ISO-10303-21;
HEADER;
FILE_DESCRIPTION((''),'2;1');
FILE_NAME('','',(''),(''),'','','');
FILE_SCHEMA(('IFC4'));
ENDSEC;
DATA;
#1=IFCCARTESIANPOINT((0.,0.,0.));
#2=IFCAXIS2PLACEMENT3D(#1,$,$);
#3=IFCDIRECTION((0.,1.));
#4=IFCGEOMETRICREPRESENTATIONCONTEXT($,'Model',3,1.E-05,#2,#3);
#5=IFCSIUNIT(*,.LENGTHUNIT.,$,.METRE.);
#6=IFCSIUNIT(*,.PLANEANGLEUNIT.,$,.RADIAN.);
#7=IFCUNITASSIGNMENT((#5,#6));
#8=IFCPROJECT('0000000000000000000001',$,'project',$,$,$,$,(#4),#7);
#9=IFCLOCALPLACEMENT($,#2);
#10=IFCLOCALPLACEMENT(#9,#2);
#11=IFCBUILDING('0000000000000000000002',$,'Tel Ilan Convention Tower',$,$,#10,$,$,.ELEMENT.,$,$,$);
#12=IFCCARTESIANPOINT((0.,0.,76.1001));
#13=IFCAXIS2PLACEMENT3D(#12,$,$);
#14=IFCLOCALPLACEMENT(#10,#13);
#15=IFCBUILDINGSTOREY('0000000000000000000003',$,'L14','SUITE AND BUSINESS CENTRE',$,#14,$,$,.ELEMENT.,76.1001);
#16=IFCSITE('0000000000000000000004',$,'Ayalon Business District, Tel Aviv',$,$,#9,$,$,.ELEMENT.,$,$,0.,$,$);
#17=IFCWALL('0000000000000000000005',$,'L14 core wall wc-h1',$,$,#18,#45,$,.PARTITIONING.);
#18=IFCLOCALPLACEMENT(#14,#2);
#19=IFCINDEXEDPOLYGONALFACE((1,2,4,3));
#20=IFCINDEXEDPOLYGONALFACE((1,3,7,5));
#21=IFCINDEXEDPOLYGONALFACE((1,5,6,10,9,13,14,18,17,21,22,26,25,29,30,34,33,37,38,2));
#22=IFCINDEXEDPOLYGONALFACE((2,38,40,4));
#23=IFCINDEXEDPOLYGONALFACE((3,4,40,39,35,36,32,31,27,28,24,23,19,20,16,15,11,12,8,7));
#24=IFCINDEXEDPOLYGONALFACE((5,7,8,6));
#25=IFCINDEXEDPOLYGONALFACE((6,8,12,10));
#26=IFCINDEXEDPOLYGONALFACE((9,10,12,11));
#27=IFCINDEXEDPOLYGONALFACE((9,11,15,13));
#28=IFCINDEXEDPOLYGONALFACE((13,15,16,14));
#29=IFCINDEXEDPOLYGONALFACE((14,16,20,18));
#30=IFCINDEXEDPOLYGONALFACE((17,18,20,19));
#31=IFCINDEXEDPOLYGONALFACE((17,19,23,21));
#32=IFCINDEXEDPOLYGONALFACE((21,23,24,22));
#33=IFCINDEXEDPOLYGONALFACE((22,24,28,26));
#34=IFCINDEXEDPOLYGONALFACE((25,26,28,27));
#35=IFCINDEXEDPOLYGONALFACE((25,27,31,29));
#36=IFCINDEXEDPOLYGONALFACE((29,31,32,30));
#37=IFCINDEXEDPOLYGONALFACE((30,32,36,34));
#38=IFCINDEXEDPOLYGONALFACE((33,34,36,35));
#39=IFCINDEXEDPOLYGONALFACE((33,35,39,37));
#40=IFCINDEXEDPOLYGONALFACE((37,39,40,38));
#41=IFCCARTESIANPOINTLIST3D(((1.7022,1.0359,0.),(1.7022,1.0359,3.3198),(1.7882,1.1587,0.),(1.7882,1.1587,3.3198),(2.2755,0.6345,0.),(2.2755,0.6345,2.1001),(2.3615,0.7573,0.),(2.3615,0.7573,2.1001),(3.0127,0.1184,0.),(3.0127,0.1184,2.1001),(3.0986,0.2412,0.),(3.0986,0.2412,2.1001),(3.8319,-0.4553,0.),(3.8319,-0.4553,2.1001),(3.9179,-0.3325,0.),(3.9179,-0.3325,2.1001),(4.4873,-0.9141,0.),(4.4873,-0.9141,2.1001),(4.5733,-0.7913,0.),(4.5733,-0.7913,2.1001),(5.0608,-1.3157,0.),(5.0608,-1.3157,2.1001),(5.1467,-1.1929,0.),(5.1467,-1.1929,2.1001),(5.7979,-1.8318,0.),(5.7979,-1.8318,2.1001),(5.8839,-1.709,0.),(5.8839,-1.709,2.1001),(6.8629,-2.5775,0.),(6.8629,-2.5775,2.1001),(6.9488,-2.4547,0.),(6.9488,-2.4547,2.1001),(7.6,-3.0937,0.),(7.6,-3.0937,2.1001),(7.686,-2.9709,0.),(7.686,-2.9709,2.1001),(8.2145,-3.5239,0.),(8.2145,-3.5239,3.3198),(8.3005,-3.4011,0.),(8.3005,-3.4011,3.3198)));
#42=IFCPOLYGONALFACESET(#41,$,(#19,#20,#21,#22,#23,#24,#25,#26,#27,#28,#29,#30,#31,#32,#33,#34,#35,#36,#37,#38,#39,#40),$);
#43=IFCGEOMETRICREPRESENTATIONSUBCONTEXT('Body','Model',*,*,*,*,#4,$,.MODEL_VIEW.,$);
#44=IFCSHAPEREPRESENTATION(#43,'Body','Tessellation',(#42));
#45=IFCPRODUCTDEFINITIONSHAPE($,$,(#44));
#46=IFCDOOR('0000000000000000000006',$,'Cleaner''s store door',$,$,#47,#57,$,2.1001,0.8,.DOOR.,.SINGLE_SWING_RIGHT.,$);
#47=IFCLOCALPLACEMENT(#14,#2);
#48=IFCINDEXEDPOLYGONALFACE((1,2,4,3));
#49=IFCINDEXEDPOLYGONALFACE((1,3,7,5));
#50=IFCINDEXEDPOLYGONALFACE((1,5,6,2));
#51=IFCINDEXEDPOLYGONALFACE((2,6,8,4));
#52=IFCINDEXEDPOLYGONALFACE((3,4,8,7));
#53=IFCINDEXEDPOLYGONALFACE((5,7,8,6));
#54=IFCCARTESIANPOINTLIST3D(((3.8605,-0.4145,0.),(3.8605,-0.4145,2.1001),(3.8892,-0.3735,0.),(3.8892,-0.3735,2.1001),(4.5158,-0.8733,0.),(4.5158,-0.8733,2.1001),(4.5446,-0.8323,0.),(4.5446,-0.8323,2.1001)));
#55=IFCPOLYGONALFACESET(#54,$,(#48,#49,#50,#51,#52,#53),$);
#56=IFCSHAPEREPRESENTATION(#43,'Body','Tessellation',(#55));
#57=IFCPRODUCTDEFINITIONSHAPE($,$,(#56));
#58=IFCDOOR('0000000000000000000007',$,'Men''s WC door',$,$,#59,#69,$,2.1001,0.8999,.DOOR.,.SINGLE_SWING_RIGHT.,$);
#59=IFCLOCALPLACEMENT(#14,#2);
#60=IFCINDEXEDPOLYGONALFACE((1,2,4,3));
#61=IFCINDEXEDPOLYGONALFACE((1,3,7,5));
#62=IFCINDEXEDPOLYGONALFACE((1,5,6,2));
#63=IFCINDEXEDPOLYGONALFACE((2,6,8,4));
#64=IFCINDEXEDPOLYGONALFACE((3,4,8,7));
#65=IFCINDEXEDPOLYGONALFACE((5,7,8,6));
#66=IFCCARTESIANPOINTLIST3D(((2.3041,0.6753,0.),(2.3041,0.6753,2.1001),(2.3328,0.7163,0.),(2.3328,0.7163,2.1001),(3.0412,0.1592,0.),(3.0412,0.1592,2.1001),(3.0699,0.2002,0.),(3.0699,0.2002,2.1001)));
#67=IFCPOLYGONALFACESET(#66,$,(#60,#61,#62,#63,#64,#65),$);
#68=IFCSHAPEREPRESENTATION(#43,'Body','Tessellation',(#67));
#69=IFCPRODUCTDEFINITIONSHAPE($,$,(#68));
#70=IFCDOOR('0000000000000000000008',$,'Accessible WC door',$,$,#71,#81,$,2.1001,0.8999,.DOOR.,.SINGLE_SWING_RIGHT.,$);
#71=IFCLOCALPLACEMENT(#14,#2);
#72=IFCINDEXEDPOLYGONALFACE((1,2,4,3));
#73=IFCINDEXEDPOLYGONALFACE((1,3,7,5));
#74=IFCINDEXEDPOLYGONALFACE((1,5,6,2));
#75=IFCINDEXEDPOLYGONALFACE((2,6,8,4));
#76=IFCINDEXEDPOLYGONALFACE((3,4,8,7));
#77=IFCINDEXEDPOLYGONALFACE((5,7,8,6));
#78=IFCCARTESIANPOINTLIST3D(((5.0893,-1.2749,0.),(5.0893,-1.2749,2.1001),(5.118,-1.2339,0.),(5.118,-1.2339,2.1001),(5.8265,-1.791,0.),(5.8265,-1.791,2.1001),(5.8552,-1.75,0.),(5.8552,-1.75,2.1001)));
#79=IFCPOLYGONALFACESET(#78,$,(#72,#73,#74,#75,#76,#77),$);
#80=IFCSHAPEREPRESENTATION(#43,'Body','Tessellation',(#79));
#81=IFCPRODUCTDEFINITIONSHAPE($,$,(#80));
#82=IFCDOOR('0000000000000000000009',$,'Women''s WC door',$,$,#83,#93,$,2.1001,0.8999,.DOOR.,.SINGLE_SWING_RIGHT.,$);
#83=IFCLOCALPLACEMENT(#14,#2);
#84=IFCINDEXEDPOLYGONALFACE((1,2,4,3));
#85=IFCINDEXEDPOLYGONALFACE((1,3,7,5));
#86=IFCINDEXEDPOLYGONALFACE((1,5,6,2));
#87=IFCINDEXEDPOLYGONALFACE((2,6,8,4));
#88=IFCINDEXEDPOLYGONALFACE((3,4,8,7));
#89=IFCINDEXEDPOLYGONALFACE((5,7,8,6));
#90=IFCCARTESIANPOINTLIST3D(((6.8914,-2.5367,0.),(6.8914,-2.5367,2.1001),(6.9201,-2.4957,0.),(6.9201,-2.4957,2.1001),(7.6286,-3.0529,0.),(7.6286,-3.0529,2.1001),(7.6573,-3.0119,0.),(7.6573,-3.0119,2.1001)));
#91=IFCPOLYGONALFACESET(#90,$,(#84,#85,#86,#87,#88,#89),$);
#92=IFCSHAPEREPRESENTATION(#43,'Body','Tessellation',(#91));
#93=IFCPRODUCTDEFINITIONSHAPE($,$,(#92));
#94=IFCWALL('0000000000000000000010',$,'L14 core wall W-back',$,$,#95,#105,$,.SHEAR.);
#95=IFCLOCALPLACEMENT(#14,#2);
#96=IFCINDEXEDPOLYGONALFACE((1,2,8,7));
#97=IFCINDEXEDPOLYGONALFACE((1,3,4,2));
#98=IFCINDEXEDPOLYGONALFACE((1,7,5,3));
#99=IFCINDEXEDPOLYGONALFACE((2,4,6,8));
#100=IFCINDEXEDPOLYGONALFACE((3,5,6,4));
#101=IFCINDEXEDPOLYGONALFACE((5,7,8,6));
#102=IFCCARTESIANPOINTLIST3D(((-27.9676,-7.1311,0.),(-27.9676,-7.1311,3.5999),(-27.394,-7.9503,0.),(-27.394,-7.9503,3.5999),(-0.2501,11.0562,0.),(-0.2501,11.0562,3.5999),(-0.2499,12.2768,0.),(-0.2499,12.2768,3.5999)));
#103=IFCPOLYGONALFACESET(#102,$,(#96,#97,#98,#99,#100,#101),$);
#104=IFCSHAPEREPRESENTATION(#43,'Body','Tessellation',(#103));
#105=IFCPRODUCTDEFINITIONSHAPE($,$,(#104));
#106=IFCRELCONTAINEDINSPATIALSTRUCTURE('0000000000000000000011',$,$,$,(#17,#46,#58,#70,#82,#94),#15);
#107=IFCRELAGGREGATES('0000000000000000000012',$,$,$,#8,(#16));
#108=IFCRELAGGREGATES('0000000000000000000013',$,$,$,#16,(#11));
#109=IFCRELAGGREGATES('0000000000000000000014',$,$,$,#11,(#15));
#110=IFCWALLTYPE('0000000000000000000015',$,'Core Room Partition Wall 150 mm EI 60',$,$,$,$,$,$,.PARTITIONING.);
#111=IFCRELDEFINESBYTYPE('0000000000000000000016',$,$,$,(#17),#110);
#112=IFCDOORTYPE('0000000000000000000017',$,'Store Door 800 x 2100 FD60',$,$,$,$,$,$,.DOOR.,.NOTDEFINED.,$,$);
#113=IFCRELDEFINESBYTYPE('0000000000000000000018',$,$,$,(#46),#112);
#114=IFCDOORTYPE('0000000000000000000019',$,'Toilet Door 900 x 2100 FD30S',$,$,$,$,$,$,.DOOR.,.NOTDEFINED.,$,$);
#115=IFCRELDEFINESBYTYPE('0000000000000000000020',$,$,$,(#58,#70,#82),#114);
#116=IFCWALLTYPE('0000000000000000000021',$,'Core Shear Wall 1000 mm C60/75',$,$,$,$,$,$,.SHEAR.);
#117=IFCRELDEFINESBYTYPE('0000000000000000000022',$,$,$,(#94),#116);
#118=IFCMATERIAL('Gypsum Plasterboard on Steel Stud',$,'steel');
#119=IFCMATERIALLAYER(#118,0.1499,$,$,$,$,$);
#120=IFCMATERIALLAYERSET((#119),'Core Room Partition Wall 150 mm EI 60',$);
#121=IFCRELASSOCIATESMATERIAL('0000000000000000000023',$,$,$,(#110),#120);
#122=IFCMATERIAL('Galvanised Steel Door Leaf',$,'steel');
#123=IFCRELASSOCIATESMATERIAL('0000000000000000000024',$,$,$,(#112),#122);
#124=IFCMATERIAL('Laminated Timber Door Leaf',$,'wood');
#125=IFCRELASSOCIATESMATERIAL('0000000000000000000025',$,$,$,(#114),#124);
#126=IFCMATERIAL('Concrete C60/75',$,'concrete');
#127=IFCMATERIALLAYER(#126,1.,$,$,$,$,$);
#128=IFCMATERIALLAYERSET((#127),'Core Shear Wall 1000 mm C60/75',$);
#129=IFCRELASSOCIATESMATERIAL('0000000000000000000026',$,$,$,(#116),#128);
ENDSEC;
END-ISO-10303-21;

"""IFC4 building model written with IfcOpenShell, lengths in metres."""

from ifc_helpers import new_model, si_unit, direction, frame, frame_2d, origin, place, context, subcontext, project, spatial, polyline, rectangle, outline, extrude, material, layer, layer_set, type_object, element, fill, save


model = new_model("IFC4")

# Units and contexts
model_context = context("Model", 3, precision=1e-05, world=origin(), true_north=direction((0.0, 1.0)))
body_context = subcontext(model_context, "Body", "Model", "MODEL_VIEW")
ifc_project = project(units=[si_unit("LENGTHUNIT", "METRE"), si_unit("PLANEANGLEUNIT", "RADIAN")], contexts=[model_context])

# Site, building, storey
site_placement = place(None, origin())
site = spatial("IfcSite", under=ifc_project, at=site_placement, Name="Ayalon Business District, Tel Aviv", CompositionType="ELEMENT", RefElevation=0.0)
building_placement = place(site_placement, origin())
building = spatial("IfcBuilding", under=site, at=building_placement, Name="Tel Ilan Convention Tower", CompositionType="ELEMENT")
storey_placement = place(building_placement, frame((0.0, 0.0, 76.1001)))
storey = spatial("IfcBuildingStorey", under=building, at=storey_placement, Name="L14", Description="SUITE AND BUSINESS CENTRE", CompositionType="ELEMENT", Elevation=76.1001)

# Wall, openings, doors
ifc_material_1 = material(Name="Gypsum Plasterboard on Steel Stud", Category="steel")
ifc_layer_1 = layer(ifc_material_1, 0.1499)
ifc_layer_set_1 = layer_set([ifc_layer_1], Name="Core Room Partition Wall 150 mm EI 60")
wall_type_1 = type_object("IfcWallType", Name="Core Room Partition Wall 150 mm EI 60", PredefinedType="PARTITIONING", material=ifc_layer_set_1)
wall_1_placement = place(storey_placement, frame((1.7451, 1.0974, 0.0), z_axis=(0.0, 0.0, 1.0), x_axis=(0.819157, -0.57357, 0.0)))
wall_1 = element("IfcWall", 1, at=wall_1_placement, inside=storey, type_object=wall_type_1, Name="L14 core wall wc-h1", PredefinedType="PARTITIONING", context=body_context, shape_type="SweptSolid", body=[
    extrude(rectangle(XDim=7.95, YDim=0.1499, at=frame_2d((3.9751, 0.0))), origin(), (0.0, 0.0, 1.0), 3.3198),
])
opening_1_placement = place(wall_1_placement, frame((0.7, 0.0, 0.0)))
opening_1 = element("IfcOpeningElement", 2, at=opening_1_placement, cuts=wall_1, PredefinedType="OPENING", context=body_context, shape_type="SweptSolid", body=[
    extrude(rectangle(XDim=0.8999, YDim=2.1001, at=frame_2d((0.45, 1.05))), frame((0.0, 0.085, 0.0), z_axis=(0.0, -1.0, 0.0), x_axis=(1.0, 0.0, 0.0)), (0.0, 0.0, 1.0), 0.1699),
])
opening_2_placement = place(wall_1_placement, frame((2.6001, 0.0, 0.0)))
opening_2 = element("IfcOpeningElement", 3, at=opening_2_placement, cuts=wall_1, PredefinedType="OPENING", context=body_context, shape_type="SweptSolid", body=[
    extrude(rectangle(XDim=0.8, YDim=2.1001, at=frame_2d((0.3999, 1.05))), frame((0.0, 0.085, 0.0), z_axis=(0.0, -1.0, 0.0), x_axis=(1.0, 0.0, 0.0)), (0.0, 0.0, 1.0), 0.1699),
])
opening_3_placement = place(wall_1_placement, frame((4.1001, 0.0, 0.0)))
opening_3 = element("IfcOpeningElement", 4, at=opening_3_placement, cuts=wall_1, PredefinedType="OPENING", context=body_context, shape_type="SweptSolid", body=[
    extrude(rectangle(XDim=0.8999, YDim=2.1001, at=frame_2d((0.45, 1.05))), frame((0.0, 0.085, 0.0), z_axis=(0.0, -1.0, 0.0), x_axis=(1.0, 0.0, 0.0)), (0.0, 0.0, 1.0), 0.1699),
])
opening_4_placement = place(wall_1_placement, frame((6.3, 0.0, 0.0)))
opening_4 = element("IfcOpeningElement", 5, at=opening_4_placement, cuts=wall_1, PredefinedType="OPENING", context=body_context, shape_type="SweptSolid", body=[
    extrude(rectangle(XDim=0.8999, YDim=2.1001, at=frame_2d((0.45, 1.05))), frame((0.0, 0.085, 0.0), z_axis=(0.0, -1.0, 0.0), x_axis=(1.0, 0.0, 0.0)), (0.0, 0.0, 1.0), 0.1699),
])
ifc_material_2 = material(Name="Galvanised Steel Door Leaf", Category="steel")
door_type_1 = type_object("IfcDoorType", Name="Store Door 800 x 2100 FD60", OperationType="NOTDEFINED", PredefinedType="DOOR", material=ifc_material_2)
door_1_placement = place(opening_2_placement, origin())
door_1 = element("IfcDoor", 6, at=door_1_placement, inside=storey, type_object=door_type_1, Name="Cleaner's store door", OperationType="SINGLE_SWING_RIGHT", OverallHeight=2.1001, OverallWidth=0.8, PredefinedType="DOOR", context=body_context, shape_type="SweptSolid", body=[
    extrude(rectangle(XDim=0.8, YDim=2.1001, at=frame_2d((0.3999, 1.05))), frame((0.0, 0.0249, 0.0), z_axis=(0.0, -1.0, 0.0), x_axis=(1.0, 0.0, 0.0)), (0.0, 0.0, 1.0), 0.05),
])
fill(opening_2, door_1)
ifc_material_3 = material(Name="Laminated Timber Door Leaf", Category="wood")
door_type_2 = type_object("IfcDoorType", Name="Toilet Door 900 x 2100 FD30S", OperationType="NOTDEFINED", PredefinedType="DOOR", material=ifc_material_3)
door_2_placement = place(opening_1_placement, origin())
door_2 = element("IfcDoor", 7, at=door_2_placement, inside=storey, type_object=door_type_2, Name="Men's WC door", OperationType="SINGLE_SWING_RIGHT", OverallHeight=2.1001, OverallWidth=0.8999, PredefinedType="DOOR", context=body_context, shape_type="SweptSolid", body=[
    extrude(rectangle(XDim=0.8999, YDim=2.1001, at=frame_2d((0.45, 1.05))), frame((0.0, 0.0249, 0.0), z_axis=(0.0, -1.0, 0.0), x_axis=(1.0, 0.0, 0.0)), (0.0, 0.0, 1.0), 0.05),
])
fill(opening_1, door_2)
door_3_placement = place(opening_3_placement, origin())
door_3 = element("IfcDoor", 8, at=door_3_placement, inside=storey, type_object=door_type_2, Name="Accessible WC door", OperationType="SINGLE_SWING_RIGHT", OverallHeight=2.1001, OverallWidth=0.8999, PredefinedType="DOOR", context=body_context, shape_type="SweptSolid", body=[
    extrude(rectangle(XDim=0.8999, YDim=2.1001, at=frame_2d((0.45, 1.05))), frame((0.0, 0.0249, 0.0), z_axis=(0.0, -1.0, 0.0), x_axis=(1.0, 0.0, 0.0)), (0.0, 0.0, 1.0), 0.05),
])
fill(opening_3, door_3)
door_4_placement = place(opening_4_placement, origin())
door_4 = element("IfcDoor", 9, at=door_4_placement, inside=storey, type_object=door_type_2, Name="Women's WC door", OperationType="SINGLE_SWING_RIGHT", OverallHeight=2.1001, OverallWidth=0.8999, PredefinedType="DOOR", context=body_context, shape_type="SweptSolid", body=[
    extrude(rectangle(XDim=0.8999, YDim=2.1001, at=frame_2d((0.45, 1.05))), frame((0.0, 0.0249, 0.0), z_axis=(0.0, -1.0, 0.0), x_axis=(1.0, 0.0, 0.0)), (0.0, 0.0, 1.0), 0.05),
])
fill(opening_4, door_4)

# Wall
ifc_material_4 = material(Name="Concrete C60/75", Category="concrete")
ifc_layer_2 = layer(ifc_material_4, 1.0)
ifc_layer_set_2 = layer_set([ifc_layer_2], Name="Core Shear Wall 1000 mm C60/75")
wall_type_2 = type_object("IfcWallType", Name="Core Shear Wall 1000 mm C60/75", PredefinedType="SHEAR", material=ifc_layer_set_2)
wall_2_placement = place(storey_placement, frame((0.0369, 11.8672, 0.0), z_axis=(0.0, 0.0, 1.0), x_axis=(-0.819155, -0.573572, 0.0)))
element("IfcWall", 10, at=wall_2_placement, inside=storey, type_object=wall_type_2, Name="L14 core wall W-back", PredefinedType="SHEAR", context=body_context, shape_type="SweptSolid", body=[
    extrude(outline(polyline([(33.8369, 0.5), (0.7002, 0.4998), (0.0, -0.5), (33.8369, -0.5), (33.8369, 0.5)])), origin(), (0.0, 0.0, 1.0), 3.5999),
])

save(model, "model.ifc")
